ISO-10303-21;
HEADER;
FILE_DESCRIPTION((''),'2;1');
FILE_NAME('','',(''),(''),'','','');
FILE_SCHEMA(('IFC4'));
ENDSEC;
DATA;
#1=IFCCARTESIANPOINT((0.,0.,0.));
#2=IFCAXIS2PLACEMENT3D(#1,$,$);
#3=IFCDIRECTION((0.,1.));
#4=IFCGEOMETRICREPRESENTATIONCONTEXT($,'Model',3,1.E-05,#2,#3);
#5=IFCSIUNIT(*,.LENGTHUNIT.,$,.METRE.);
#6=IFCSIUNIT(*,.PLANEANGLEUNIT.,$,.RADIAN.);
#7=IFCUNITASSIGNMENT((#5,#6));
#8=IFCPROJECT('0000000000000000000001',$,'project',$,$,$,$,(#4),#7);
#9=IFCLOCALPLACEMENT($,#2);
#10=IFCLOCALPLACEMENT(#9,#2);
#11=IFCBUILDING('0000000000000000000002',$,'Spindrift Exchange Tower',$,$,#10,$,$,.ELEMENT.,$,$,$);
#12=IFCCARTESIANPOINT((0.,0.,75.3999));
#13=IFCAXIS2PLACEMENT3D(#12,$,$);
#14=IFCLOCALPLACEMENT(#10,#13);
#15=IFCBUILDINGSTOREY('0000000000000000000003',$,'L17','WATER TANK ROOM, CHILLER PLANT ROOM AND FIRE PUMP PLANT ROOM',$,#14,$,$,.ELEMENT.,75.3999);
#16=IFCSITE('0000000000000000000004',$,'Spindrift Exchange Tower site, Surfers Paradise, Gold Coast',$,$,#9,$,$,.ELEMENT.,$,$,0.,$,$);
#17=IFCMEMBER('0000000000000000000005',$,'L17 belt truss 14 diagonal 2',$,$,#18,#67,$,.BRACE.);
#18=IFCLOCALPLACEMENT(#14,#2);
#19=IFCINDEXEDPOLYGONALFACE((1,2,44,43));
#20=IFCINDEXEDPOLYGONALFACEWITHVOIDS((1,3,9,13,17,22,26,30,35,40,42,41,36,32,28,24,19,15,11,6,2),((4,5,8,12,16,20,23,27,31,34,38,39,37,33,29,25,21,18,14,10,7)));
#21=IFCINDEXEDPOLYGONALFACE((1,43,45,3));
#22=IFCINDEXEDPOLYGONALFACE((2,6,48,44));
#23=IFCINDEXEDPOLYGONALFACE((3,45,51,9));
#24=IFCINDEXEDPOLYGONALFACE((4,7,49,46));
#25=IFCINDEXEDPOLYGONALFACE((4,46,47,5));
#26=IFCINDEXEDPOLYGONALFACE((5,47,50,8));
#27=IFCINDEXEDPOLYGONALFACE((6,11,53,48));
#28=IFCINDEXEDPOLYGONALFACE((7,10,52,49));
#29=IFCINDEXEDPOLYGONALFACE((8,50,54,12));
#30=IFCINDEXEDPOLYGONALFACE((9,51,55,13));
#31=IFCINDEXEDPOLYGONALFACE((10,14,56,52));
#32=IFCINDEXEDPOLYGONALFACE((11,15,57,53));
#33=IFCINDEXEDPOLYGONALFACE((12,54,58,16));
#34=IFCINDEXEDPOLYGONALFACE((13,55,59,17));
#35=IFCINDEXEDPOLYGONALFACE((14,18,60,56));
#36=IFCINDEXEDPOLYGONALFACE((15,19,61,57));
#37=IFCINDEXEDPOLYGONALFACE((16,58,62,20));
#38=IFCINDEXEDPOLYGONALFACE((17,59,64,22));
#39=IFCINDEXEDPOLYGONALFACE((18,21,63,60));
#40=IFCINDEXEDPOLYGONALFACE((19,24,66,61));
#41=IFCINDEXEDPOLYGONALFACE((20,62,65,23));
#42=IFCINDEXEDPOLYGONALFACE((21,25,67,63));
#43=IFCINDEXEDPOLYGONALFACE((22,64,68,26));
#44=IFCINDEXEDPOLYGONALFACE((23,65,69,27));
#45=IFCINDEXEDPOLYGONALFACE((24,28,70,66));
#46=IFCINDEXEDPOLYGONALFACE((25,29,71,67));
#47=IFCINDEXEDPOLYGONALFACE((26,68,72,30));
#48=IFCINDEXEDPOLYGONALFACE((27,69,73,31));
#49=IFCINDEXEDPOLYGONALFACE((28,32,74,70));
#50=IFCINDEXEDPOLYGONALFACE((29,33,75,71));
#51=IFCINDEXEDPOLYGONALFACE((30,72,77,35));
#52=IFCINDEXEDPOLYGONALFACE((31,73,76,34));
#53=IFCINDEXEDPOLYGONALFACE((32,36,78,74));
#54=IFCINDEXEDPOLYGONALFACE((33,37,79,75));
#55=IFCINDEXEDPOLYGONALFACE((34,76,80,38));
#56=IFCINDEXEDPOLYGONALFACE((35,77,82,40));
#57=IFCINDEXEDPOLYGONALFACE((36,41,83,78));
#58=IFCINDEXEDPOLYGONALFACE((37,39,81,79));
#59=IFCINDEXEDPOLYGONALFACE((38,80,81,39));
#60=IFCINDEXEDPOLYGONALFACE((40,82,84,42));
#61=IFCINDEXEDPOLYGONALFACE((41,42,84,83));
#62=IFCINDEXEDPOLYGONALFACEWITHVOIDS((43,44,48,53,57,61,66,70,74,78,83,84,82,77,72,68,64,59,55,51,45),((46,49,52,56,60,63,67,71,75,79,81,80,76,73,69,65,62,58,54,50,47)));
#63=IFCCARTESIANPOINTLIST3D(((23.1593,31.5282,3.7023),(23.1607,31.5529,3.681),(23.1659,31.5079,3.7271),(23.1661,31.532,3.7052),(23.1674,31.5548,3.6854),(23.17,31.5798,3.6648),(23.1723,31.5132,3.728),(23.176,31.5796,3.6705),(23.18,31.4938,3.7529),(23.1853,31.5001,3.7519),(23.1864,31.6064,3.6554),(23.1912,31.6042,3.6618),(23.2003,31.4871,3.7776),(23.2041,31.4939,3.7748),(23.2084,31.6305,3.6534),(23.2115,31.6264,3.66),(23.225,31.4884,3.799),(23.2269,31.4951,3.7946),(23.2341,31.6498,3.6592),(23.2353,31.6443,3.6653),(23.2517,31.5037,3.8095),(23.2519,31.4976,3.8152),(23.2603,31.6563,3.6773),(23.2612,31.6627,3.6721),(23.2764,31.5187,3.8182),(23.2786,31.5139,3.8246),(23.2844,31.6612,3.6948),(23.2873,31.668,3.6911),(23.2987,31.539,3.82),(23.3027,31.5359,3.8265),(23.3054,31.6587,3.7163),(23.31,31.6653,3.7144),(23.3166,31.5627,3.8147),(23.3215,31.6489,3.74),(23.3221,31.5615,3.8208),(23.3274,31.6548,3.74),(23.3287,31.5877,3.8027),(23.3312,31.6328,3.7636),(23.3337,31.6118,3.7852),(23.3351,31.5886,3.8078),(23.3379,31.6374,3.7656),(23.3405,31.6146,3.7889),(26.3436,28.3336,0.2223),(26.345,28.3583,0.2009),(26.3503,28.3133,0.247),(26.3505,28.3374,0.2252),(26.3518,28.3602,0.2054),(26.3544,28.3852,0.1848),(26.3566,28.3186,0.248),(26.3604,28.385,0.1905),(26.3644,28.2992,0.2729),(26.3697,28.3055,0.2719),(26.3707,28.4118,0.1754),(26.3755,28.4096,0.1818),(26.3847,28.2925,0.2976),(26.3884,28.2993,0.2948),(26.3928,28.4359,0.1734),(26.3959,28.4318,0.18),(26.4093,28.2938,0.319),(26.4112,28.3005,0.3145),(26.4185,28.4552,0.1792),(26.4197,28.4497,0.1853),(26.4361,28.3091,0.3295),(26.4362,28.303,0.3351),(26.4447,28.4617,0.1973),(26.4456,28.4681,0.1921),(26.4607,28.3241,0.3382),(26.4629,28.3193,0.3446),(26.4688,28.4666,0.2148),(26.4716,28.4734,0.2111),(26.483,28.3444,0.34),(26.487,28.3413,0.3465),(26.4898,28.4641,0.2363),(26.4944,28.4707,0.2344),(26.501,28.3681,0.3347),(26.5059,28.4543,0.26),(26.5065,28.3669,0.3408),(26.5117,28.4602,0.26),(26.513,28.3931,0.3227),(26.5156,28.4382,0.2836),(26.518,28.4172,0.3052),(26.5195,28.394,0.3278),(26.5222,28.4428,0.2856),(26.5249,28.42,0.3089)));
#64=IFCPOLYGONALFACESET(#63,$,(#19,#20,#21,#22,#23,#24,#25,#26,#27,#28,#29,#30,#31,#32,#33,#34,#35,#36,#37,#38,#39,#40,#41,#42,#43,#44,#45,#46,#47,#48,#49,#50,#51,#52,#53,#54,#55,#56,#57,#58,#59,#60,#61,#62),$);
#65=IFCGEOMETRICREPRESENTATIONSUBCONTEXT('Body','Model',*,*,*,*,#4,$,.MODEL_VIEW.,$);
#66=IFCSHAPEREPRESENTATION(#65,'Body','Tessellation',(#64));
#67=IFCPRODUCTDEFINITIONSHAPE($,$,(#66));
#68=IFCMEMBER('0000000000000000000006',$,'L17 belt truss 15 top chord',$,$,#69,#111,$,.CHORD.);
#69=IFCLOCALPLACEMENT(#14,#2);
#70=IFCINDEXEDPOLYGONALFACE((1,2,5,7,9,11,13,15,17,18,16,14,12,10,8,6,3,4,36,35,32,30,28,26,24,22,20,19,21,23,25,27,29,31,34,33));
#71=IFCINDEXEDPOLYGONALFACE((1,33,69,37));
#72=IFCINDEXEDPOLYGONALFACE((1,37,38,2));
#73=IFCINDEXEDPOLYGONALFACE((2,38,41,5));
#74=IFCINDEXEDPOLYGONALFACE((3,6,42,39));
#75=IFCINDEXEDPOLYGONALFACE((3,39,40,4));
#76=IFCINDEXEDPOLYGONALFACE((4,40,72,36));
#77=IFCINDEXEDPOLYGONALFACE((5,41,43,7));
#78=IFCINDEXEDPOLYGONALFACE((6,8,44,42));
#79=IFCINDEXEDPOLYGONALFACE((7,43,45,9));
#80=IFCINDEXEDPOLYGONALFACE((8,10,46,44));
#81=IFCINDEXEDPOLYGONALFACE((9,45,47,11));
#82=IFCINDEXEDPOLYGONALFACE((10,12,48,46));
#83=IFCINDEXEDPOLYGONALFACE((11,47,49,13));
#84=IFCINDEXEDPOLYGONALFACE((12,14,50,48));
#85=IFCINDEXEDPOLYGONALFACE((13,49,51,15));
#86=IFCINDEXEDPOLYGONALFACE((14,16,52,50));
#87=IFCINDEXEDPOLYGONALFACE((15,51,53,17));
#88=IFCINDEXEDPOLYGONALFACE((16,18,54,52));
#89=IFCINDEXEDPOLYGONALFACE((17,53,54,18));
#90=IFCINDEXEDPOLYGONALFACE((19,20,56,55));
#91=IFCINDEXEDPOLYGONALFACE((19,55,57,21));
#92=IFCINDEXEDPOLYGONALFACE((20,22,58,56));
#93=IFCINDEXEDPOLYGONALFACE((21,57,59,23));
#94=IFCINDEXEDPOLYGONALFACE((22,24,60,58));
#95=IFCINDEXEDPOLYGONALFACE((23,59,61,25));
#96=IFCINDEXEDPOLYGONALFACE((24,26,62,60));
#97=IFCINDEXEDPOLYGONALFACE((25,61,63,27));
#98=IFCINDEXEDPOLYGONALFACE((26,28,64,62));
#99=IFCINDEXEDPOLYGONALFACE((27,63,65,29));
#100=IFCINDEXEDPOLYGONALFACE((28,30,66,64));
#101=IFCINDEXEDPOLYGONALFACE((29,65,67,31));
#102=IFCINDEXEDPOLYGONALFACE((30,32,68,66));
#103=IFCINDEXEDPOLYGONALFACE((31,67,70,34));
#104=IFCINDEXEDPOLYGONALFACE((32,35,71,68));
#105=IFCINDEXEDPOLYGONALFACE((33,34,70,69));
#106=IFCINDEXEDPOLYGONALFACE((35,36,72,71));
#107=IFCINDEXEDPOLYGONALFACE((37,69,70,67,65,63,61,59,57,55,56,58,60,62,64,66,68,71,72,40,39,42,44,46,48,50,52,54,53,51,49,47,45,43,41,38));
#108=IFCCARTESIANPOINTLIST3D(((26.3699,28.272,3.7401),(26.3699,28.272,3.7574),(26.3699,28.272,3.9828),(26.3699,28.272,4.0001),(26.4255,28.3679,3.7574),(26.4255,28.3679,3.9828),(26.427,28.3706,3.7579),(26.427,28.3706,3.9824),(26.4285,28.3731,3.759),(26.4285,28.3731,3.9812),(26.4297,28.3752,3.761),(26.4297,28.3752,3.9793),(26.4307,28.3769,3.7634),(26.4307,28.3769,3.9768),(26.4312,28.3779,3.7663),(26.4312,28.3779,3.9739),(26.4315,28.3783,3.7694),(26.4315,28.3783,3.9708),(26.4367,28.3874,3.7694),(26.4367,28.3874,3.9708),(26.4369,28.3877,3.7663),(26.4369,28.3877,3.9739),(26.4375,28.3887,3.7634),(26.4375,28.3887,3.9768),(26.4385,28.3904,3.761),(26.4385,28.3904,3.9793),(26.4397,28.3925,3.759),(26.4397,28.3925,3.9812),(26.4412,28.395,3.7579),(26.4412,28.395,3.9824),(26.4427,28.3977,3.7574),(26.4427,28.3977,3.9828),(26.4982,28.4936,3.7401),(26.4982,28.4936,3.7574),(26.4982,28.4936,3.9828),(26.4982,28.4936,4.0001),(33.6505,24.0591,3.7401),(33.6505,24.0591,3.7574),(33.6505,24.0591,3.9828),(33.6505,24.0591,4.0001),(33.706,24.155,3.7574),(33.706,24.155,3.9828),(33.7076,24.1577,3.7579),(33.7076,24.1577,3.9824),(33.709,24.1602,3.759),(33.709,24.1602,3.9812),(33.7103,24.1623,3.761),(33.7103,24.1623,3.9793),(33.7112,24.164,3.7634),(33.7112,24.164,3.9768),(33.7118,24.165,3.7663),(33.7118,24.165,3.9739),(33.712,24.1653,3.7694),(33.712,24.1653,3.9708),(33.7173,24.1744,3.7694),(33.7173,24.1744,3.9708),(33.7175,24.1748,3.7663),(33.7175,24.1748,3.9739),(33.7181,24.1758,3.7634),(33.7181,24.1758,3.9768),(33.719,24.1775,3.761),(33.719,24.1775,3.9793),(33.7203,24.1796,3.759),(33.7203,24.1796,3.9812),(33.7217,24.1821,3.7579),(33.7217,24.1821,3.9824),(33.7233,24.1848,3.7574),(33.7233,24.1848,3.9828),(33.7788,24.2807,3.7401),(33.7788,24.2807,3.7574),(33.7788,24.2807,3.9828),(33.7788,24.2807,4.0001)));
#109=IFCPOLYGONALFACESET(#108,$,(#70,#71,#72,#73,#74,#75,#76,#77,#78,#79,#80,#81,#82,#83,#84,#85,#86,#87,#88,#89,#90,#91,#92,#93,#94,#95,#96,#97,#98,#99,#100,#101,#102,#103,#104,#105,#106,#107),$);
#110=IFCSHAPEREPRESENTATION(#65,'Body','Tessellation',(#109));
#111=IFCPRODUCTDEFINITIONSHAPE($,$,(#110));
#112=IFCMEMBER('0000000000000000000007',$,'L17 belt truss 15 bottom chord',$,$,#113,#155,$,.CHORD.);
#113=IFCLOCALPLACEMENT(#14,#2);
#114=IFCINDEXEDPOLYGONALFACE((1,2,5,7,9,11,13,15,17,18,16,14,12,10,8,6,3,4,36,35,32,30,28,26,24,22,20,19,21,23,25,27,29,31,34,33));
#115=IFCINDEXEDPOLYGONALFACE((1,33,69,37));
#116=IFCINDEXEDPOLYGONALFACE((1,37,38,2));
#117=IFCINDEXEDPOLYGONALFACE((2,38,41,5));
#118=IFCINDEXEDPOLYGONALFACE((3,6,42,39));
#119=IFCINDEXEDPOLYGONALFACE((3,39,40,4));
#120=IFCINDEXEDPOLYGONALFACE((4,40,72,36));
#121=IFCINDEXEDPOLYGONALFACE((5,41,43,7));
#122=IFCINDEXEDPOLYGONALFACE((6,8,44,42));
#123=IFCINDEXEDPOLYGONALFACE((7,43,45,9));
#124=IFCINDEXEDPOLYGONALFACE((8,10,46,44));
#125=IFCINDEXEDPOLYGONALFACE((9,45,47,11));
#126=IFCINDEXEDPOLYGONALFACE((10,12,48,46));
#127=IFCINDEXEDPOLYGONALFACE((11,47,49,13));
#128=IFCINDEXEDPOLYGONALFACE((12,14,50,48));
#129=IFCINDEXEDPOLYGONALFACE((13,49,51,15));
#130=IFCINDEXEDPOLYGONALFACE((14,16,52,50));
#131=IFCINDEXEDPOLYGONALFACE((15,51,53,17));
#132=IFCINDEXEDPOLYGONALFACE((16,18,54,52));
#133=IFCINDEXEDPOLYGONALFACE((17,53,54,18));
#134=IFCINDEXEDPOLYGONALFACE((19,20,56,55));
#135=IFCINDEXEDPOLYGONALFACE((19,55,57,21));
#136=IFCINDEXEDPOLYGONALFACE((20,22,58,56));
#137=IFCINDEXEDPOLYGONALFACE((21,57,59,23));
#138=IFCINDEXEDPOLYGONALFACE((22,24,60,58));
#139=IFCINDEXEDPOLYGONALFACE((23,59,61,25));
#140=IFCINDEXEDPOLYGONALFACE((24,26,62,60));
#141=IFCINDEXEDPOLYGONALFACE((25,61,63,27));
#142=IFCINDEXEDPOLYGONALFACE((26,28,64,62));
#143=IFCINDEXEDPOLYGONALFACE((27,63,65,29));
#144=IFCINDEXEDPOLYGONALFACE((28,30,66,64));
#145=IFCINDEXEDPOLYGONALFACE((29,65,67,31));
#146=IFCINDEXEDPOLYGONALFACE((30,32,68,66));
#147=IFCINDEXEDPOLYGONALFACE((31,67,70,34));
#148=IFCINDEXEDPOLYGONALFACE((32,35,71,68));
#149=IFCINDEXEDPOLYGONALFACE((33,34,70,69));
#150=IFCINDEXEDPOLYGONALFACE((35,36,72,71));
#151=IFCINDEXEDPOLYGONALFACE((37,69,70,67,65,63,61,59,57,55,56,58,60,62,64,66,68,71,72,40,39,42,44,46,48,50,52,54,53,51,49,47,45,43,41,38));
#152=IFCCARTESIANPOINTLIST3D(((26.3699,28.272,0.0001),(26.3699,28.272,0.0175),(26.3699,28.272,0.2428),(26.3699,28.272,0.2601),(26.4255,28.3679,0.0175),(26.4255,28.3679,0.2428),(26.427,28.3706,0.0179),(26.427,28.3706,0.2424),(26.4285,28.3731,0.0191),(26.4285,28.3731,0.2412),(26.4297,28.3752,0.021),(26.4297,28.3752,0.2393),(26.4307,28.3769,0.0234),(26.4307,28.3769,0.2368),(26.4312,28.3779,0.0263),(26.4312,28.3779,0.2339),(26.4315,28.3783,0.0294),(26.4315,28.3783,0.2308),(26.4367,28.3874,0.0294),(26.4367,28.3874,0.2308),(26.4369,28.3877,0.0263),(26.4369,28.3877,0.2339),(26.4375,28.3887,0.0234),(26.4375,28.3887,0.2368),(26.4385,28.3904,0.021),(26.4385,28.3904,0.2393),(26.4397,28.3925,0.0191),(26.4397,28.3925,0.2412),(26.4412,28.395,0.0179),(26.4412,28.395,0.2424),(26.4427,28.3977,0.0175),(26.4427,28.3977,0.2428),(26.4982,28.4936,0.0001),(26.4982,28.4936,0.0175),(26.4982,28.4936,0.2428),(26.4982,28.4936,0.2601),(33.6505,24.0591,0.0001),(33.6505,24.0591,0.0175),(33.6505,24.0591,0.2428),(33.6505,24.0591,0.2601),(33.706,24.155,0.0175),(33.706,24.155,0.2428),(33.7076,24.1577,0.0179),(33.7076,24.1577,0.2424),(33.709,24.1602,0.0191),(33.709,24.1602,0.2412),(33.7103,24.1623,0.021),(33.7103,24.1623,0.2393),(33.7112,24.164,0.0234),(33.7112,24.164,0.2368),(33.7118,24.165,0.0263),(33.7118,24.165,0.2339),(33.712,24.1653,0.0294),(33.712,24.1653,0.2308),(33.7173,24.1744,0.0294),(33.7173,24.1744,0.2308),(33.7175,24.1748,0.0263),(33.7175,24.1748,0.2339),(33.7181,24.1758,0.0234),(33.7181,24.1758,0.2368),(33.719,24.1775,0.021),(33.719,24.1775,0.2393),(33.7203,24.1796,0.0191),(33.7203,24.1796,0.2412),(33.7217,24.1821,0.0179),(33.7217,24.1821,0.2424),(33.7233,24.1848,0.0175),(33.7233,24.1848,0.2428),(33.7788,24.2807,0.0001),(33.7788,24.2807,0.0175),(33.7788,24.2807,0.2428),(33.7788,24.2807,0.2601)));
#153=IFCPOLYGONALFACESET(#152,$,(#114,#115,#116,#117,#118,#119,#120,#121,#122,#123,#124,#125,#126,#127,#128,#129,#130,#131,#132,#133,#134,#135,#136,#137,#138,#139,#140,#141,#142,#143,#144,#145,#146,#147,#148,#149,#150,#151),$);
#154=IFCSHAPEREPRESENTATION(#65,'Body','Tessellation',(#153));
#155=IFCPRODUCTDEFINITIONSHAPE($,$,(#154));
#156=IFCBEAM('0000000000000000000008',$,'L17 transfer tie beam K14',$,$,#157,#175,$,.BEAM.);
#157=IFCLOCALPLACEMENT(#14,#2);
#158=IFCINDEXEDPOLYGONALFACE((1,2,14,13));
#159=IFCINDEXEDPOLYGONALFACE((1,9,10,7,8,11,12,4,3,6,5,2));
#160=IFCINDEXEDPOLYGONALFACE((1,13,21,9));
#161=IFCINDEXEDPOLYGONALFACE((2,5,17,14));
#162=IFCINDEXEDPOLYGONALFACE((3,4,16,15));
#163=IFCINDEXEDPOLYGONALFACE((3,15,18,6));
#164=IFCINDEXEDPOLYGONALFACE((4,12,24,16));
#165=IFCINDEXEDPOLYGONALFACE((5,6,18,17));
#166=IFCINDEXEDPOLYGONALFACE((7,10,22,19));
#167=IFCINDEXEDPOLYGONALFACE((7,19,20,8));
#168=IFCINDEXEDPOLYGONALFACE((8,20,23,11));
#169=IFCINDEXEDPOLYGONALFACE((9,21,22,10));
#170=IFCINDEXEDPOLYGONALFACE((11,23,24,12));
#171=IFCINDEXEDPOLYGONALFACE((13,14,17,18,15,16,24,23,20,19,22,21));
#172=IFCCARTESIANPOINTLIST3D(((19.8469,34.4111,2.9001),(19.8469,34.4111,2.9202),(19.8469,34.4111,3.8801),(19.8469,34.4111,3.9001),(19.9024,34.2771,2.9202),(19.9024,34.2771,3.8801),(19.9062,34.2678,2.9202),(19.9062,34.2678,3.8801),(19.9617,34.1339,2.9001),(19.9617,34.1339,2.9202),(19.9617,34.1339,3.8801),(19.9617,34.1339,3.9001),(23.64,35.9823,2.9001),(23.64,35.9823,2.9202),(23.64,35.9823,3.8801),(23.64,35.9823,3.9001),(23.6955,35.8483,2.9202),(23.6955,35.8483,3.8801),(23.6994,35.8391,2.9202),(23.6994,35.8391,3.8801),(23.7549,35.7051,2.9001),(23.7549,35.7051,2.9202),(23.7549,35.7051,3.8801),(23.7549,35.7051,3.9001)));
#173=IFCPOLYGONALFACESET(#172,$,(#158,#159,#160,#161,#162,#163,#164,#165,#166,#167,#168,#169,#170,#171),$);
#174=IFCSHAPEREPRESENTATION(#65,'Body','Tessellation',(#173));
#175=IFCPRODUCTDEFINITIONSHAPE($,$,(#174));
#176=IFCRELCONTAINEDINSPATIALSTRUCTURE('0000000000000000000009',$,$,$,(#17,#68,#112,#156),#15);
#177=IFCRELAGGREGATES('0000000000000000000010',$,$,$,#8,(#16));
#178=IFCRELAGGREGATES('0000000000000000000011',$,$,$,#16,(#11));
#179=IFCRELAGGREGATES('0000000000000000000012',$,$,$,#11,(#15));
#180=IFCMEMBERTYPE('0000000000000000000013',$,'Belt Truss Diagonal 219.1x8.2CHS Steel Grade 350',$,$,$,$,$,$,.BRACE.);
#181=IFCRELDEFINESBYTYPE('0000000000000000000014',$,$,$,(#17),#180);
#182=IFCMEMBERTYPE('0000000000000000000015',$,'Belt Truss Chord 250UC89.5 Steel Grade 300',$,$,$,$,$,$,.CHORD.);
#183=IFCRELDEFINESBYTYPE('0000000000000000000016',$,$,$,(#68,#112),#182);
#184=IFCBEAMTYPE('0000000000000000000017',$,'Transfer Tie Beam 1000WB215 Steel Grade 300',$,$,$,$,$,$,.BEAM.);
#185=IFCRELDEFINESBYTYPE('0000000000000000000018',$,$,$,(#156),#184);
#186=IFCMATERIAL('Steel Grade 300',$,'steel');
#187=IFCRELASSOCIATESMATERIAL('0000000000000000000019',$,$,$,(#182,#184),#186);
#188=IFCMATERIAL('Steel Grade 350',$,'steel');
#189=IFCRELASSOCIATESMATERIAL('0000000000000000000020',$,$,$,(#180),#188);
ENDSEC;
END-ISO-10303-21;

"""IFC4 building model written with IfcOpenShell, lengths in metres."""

from ifc_helpers import new_model, si_unit, direction, frame, origin, origin_2d, place, context, subcontext, project, spatial, hollow_circle, i_section, extrude, source, transform, mapped, material, material_profile, profile_set, type_object, element, save


model = new_model("IFC4")

# Units and contexts
model_context = context("Model", 3, precision=1e-05, world=origin(), true_north=direction((0.0, 1.0)))
body_context = subcontext(model_context, "Body", "Model", "MODEL_VIEW")
ifc_project = project(units=[si_unit("LENGTHUNIT", "METRE"), si_unit("PLANEANGLEUNIT", "RADIAN")], contexts=[model_context])

# Site, building, storey
site_placement = place(None, origin())
site = spatial("IfcSite", under=ifc_project, at=site_placement, Name="Spindrift Exchange Tower site, Surfers Paradise, Gold Coast", CompositionType="ELEMENT", RefElevation=0.0)
building_placement = place(site_placement, origin())
building = spatial("IfcBuilding", under=site, at=building_placement, Name="Spindrift Exchange Tower", CompositionType="ELEMENT")
storey_placement = place(building_placement, frame((0.0, 0.0, 75.3999)))
storey = spatial("IfcBuildingStorey", under=building, at=storey_placement, Name="L17", Description="WATER TANK ROOM, CHILLER PLANT ROOM AND FIRE PUMP PLANT ROOM", CompositionType="ELEMENT", Elevation=75.3999)

# Shared definitions
ifc_material_1 = material(Name="Steel Grade 300", Category="steel")

# Members
ifc_material_profile_1 = material_profile(ifc_material_1, i_section(OverallWidth=0.2561, OverallDepth=0.26, WebThickness=0.0105, FlangeThickness=0.0173, FilletRadius=0.012, at=origin_2d()), Name="250UC89.5")
ifc_profile_set_1 = profile_set([ifc_material_profile_1], Name="Steel Grade 300")
member_type_1 = type_object("IfcMemberType", Name="Belt Truss Chord 250UC89.5 Steel Grade 300", PredefinedType="CHORD", material=ifc_profile_set_1)
ifc_material_2 = material(Name="Steel Grade 350", Category="steel")
ifc_material_profile_2 = material_profile(ifc_material_2, hollow_circle(Radius=0.1096, WallThickness=0.0083, at=origin_2d()), Name="219.1x8.2CHS")
ifc_profile_set_2 = profile_set([ifc_material_profile_2], Name="Steel Grade 350")
member_type_2 = type_object("IfcMemberType", Name="Belt Truss Diagonal 219.1x8.2CHS Steel Grade 350", PredefinedType="BRACE", material=ifc_profile_set_2)
shared_shape_1 = source(origin(), body_context, "Body", "SweptSolid", [
    extrude(hollow_circle(Radius=0.1096, WallThickness=0.0083, at=origin_2d()), origin(), (0.0, 0.0, 1.0), 5.697),
])
member_1_placement = place(storey_placement, frame((23.2498, 31.5774, 3.74), z_axis=(0.55895, -0.56075, -0.610847), x_axis=(0.708243, 0.705969, 0.0)))
element("IfcMember", 1, at=member_1_placement, inside=storey, type_object=member_type_2, Name="L17 belt truss 14 diagonal 2", PredefinedType="BRACE", context=body_context, shape_type="MappedRepresentation", body=[
    mapped(shared_shape_1, transform((0.0, 0.0, 0.0), scale=1.0)),
])
shared_shape_2 = source(origin(), body_context, "Body", "SweptSolid", [
    extrude(i_section(OverallWidth=0.2561, OverallDepth=0.26, WebThickness=0.0105, FlangeThickness=0.0173, FilletRadius=0.012, at=origin_2d()), origin(), (0.0, 0.0, 1.0), 8.4116),
])
for number, where, z_axis, x_axis, name in (
    (2, (26.4341, 28.3828, 3.8701), (0.865537, -0.500845, 0.0), (0.500845, 0.865537, 0.0), "L17 belt truss 15 top chord"),
    (3, (26.4341, 28.3828, 0.1301), (0.865537, -0.500845, 0.0), (0.500845, 0.865537, 0.0), "L17 belt truss 15 bottom chord"),
):
    element("IfcMember", number, at=place(storey_placement, frame(where, z_axis=z_axis, x_axis=x_axis)), inside=storey, type_object=member_type_1, Name=name, PredefinedType="CHORD", context=body_context, shape_type="MappedRepresentation", body=[
        mapped(shared_shape_2, transform((0.0, 0.0, 0.0), scale=1.0)),
    ])

# Beam
ifc_material_profile_3 = material_profile(ifc_material_1, i_section(OverallWidth=0.3, OverallDepth=1.0, WebThickness=0.01, FlangeThickness=0.02, at=origin_2d()), Name="1000WB215")
ifc_profile_set_3 = profile_set([ifc_material_profile_3], Name="Steel Grade 300")
beam_type_1 = type_object("IfcBeamType", Name="Transfer Tie Beam 1000WB215 Steel Grade 300", PredefinedType="BEAM", material=ifc_profile_set_3)
shared_shape_3 = source(origin(), body_context, "Body", "SweptSolid", [
    extrude(i_section(OverallWidth=0.3, OverallDepth=1.0, WebThickness=0.01, FlangeThickness=0.02, at=origin_2d()), origin(), (0.0, 0.0, 1.0), 4.1057),
])
beam_1_placement = place(storey_placement, frame((19.9043, 34.2725, 3.4001), z_axis=(0.923872, 0.382702, 0.0), x_axis=(-0.382702, 0.923872, 0.0)))
element("IfcBeam", 4, at=beam_1_placement, inside=storey, type_object=beam_type_1, Name="L17 transfer tie beam K14", PredefinedType="BEAM", context=body_context, shape_type="MappedRepresentation", body=[
    mapped(shared_shape_3, transform((0.0, 0.0, 0.0), scale=1.0)),
])

save(model, "model.ifc")
